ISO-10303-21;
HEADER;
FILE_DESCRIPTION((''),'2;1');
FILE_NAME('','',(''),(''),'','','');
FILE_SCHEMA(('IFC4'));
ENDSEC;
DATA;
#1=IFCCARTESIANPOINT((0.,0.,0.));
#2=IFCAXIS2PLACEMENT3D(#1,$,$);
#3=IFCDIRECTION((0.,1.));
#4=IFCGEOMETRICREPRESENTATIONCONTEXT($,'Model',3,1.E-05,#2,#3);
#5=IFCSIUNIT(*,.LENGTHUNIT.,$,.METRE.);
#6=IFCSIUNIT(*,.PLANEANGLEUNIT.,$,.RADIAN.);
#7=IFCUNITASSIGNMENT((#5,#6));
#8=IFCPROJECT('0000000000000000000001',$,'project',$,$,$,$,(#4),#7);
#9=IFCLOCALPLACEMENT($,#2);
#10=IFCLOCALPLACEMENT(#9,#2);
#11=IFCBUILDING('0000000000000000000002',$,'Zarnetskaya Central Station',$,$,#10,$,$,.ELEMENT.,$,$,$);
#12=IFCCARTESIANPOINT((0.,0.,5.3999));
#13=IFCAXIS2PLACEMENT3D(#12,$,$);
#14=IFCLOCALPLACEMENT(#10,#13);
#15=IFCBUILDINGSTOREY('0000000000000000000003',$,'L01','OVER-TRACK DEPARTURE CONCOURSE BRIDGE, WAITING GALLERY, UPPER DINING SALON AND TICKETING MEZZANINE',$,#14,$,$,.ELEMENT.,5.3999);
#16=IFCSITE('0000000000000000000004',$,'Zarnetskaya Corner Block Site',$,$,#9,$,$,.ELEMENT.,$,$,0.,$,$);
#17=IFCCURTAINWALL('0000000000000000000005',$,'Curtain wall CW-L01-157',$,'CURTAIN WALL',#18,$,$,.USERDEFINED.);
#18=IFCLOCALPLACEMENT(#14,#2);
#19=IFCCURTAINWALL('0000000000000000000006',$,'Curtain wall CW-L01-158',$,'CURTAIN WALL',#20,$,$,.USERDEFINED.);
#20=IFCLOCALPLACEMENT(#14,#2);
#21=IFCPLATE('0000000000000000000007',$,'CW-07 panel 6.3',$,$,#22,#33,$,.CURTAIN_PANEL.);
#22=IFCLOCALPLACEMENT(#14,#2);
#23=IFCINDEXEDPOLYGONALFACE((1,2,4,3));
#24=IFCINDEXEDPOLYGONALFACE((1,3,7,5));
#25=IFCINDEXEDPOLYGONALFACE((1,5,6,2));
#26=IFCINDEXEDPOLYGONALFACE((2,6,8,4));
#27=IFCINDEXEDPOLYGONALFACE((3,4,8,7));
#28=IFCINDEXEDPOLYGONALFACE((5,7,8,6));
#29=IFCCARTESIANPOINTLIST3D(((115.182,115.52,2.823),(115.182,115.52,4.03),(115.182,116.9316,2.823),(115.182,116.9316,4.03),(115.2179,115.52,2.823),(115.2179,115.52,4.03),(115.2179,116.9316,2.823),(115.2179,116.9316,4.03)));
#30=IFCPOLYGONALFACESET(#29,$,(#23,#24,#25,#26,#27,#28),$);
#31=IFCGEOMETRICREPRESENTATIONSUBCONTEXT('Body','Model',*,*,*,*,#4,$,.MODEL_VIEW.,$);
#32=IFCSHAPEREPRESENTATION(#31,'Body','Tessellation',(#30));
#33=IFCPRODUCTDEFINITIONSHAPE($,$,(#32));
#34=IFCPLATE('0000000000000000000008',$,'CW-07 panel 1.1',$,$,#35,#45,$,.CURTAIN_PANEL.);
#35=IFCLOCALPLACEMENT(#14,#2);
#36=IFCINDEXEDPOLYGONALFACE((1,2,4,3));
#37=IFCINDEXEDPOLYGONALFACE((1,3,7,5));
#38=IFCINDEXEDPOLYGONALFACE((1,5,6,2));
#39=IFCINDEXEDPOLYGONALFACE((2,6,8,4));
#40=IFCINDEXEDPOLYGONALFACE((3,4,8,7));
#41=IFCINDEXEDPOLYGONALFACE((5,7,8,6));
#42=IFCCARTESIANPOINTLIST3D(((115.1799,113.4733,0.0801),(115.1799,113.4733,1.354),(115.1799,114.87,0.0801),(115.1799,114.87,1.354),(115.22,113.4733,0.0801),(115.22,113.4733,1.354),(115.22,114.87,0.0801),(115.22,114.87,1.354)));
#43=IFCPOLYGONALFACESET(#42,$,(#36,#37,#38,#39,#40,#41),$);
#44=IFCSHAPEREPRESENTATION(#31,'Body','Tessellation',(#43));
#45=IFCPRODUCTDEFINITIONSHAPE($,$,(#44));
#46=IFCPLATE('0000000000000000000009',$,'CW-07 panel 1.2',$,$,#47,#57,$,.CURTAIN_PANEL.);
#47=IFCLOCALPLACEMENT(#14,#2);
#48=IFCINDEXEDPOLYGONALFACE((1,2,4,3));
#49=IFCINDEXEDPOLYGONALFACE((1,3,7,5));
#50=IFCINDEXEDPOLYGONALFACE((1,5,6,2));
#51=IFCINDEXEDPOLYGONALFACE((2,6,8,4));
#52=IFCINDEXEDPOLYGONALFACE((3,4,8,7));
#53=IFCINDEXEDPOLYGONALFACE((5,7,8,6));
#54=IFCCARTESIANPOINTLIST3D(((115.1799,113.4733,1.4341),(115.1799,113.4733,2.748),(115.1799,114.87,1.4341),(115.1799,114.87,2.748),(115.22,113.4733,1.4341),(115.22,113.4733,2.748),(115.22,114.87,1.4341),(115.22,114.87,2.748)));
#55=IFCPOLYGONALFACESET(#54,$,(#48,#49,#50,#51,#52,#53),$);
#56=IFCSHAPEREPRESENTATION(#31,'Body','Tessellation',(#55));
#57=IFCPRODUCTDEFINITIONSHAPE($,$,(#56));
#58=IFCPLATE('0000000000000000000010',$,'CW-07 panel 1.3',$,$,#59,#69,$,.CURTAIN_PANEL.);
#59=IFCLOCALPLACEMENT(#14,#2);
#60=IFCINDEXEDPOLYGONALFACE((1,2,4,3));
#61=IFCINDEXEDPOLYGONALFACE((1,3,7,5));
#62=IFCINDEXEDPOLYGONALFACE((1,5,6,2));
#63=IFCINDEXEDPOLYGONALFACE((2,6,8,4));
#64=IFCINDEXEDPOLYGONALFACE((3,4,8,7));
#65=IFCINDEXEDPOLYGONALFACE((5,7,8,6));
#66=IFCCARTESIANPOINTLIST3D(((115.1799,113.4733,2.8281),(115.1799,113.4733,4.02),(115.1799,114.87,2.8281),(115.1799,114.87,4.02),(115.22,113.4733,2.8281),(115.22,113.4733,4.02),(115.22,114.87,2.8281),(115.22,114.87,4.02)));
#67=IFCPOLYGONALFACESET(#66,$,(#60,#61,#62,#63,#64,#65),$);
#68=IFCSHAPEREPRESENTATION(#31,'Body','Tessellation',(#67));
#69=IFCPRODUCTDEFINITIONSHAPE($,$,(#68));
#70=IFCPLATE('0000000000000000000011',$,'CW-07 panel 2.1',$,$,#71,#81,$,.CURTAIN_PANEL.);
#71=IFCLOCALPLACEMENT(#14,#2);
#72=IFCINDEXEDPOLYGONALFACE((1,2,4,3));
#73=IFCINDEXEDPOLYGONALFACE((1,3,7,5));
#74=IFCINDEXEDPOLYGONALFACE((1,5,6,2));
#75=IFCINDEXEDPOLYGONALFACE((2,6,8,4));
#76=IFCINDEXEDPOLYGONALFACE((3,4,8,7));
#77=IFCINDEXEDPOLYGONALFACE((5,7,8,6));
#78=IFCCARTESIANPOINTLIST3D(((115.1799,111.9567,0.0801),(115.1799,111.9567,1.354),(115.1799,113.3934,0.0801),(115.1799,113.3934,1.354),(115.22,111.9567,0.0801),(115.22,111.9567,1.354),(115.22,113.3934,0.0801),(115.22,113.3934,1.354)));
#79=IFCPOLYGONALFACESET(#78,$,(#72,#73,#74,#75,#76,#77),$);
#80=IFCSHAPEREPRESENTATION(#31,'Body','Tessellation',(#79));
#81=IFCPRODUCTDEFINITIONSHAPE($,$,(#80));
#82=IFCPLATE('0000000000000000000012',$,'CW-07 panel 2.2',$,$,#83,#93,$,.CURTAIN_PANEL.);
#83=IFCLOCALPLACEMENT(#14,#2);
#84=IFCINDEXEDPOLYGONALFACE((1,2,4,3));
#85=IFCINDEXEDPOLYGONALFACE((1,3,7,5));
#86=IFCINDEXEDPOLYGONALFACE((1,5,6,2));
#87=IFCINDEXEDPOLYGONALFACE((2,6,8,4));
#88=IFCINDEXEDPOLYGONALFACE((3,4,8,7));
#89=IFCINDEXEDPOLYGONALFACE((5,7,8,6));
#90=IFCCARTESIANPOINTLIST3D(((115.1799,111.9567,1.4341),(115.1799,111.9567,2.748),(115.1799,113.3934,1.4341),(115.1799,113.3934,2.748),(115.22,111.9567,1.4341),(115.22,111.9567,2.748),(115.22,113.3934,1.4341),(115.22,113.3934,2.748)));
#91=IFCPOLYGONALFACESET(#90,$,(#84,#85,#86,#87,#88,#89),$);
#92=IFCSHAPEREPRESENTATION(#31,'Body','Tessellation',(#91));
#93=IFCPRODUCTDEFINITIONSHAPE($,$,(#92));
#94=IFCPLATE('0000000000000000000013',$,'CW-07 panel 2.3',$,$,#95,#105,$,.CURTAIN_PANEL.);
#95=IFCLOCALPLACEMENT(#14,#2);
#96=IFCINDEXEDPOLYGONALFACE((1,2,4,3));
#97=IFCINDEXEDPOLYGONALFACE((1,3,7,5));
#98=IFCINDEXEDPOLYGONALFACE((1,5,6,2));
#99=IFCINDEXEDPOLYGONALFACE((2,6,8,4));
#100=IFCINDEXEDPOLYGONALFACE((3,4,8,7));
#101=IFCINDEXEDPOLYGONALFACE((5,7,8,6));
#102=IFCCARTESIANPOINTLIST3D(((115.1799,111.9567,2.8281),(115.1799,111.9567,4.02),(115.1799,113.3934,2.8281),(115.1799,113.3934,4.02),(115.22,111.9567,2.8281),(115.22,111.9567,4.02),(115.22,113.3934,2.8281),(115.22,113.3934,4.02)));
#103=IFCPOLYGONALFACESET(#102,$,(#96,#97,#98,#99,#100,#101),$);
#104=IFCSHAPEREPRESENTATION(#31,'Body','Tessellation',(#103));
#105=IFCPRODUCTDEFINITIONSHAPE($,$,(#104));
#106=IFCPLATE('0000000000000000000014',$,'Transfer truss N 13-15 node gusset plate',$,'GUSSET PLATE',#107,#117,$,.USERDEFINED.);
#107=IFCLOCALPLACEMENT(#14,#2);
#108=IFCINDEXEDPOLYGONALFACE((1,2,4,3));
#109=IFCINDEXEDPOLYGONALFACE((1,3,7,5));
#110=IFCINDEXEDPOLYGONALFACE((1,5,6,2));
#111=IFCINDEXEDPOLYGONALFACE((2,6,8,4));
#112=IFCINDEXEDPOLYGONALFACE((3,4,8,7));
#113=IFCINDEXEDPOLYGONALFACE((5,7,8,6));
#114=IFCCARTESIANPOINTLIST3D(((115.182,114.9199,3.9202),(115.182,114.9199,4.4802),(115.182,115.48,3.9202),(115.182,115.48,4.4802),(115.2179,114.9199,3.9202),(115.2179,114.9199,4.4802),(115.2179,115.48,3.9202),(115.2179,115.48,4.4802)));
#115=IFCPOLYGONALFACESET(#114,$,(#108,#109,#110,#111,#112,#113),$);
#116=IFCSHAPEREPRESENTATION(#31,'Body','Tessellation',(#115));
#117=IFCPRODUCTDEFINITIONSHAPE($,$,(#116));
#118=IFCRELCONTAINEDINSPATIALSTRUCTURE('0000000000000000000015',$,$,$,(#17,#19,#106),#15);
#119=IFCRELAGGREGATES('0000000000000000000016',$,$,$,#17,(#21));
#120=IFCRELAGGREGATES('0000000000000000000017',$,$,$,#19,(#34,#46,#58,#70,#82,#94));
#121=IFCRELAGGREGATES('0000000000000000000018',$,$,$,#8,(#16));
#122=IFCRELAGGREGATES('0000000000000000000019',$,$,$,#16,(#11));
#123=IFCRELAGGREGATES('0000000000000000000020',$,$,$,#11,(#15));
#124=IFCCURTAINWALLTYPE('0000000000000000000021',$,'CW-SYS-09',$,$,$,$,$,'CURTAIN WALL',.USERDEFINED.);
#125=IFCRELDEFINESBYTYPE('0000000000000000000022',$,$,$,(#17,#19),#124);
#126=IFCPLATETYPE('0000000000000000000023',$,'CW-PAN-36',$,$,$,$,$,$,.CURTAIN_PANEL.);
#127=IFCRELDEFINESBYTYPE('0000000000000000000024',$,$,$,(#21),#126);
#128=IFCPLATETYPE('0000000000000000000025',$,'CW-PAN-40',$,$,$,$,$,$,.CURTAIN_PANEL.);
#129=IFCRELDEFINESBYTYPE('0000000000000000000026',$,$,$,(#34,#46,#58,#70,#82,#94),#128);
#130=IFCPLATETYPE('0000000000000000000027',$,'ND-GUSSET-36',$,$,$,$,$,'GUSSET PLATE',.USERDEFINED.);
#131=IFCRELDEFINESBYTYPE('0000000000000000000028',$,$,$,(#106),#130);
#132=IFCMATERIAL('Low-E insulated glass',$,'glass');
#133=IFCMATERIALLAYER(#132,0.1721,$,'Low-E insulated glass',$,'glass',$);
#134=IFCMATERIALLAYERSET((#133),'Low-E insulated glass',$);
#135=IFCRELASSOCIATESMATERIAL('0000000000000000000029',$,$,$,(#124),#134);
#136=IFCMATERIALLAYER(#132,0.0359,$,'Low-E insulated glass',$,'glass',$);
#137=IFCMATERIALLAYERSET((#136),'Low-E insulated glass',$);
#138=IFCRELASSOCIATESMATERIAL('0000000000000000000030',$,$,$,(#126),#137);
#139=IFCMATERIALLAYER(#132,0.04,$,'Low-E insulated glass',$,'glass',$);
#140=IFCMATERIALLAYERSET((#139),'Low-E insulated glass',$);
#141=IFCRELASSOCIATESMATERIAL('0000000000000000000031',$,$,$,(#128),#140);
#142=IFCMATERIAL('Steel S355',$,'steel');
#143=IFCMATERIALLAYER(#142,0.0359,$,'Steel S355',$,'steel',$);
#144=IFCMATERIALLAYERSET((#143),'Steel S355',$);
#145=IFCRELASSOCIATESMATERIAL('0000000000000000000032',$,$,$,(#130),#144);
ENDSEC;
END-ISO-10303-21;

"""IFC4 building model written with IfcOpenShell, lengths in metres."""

from ifc_helpers import new_model, si_unit, direction, frame, origin, origin_2d, place, context, subcontext, project, spatial, rectangle, extrude, material, layer, layer_set, type_object, element, aggregate, save


model = new_model("IFC4")

# Units and contexts
model_context = context("Model", 3, precision=1e-05, world=origin(), true_north=direction((0.0, 1.0)))
body_context = subcontext(model_context, "Body", "Model", "MODEL_VIEW")
ifc_project = project(units=[si_unit("LENGTHUNIT", "METRE"), si_unit("PLANEANGLEUNIT", "RADIAN")], contexts=[model_context])

# Site, building, storey
site_placement = place(None, origin())
site = spatial("IfcSite", under=ifc_project, at=site_placement, Name="Zarnetskaya Corner Block Site", CompositionType="ELEMENT", RefElevation=0.0)
building_placement = place(site_placement, origin())
building = spatial("IfcBuilding", under=site, at=building_placement, Name="Zarnetskaya Central Station", CompositionType="ELEMENT")
storey_placement = place(building_placement, frame((0.0, 0.0, 5.3999)))
storey = spatial("IfcBuildingStorey", under=building, at=storey_placement, Name="L01", Description="OVER-TRACK DEPARTURE CONCOURSE BRIDGE, WAITING GALLERY, UPPER DINING SALON AND TICKETING MEZZANINE", CompositionType="ELEMENT", Elevation=5.3999)

# Curtain walls
ifc_material_1 = material(Name="Low-E insulated glass", Category="glass")
ifc_layer_1 = layer(ifc_material_1, 0.1721, Name="Low-E insulated glass", Category="glass")
ifc_layer_set_1 = layer_set([ifc_layer_1], Name="Low-E insulated glass")
curtain_wall_type = type_object("IfcCurtainWallType", Name="CW-SYS-09", ElementType="CURTAIN WALL", PredefinedType="USERDEFINED", material=ifc_layer_set_1)
curtain_wall_1_placement = place(storey_placement, origin())
curtain_wall_1 = element("IfcCurtainWall", 1, at=curtain_wall_1_placement, inside=storey, type_object=curtain_wall_type, Name="Curtain wall CW-L01-157", ObjectType="CURTAIN WALL", PredefinedType="USERDEFINED")
curtain_wall_2_placement = place(storey_placement, origin())
curtain_wall_2 = element("IfcCurtainWall", 2, at=curtain_wall_2_placement, inside=storey, type_object=curtain_wall_type, Name="Curtain wall CW-L01-158", ObjectType="CURTAIN WALL", PredefinedType="USERDEFINED")

# Plates
ifc_layer_2 = layer(ifc_material_1, 0.0359, Name="Low-E insulated glass", Category="glass")
ifc_layer_set_2 = layer_set([ifc_layer_2], Name="Low-E insulated glass")
plate_type_1 = type_object("IfcPlateType", Name="CW-PAN-36", PredefinedType="CURTAIN_PANEL", material=ifc_layer_set_2)
plate_1_placement = place(storey_placement, frame((115.2, 116.2258, 2.823), z_axis=(0.0, 0.0, 1.0), x_axis=(0.0, -1.0, 0.0)))
plate_1 = element("IfcPlate", 3, at=plate_1_placement, type_object=plate_type_1, Name="CW-07 panel 6.3", PredefinedType="CURTAIN_PANEL", context=body_context, shape_type="SweptSolid", body=[
    extrude(rectangle(XDim=1.4116, YDim=0.0359, at=origin_2d()), origin(), (0.0, 0.0, 1.0), 1.207),
])
aggregate(curtain_wall_1, [plate_1])
ifc_layer_3 = layer(ifc_material_1, 0.04, Name="Low-E insulated glass", Category="glass")
ifc_layer_set_3 = layer_set([ifc_layer_3], Name="Low-E insulated glass")
plate_type_2 = type_object("IfcPlateType", Name="CW-PAN-40", PredefinedType="CURTAIN_PANEL", material=ifc_layer_set_3)
plate_2_placement = place(storey_placement, frame((115.2, 114.1716, 0.0801), z_axis=(0.0, 0.0, 1.0), x_axis=(0.0, -1.0, 0.0)))
plate_2 = element("IfcPlate", 4, at=plate_2_placement, type_object=plate_type_2, Name="CW-07 panel 1.1", PredefinedType="CURTAIN_PANEL", context=body_context, shape_type="SweptSolid", body=[
    extrude(rectangle(XDim=1.3967, YDim=0.04, at=origin_2d()), origin(), (0.0, 0.0, 1.0), 1.2739),
])
plate_3_placement = place(storey_placement, frame((115.2, 114.1716, 1.4341), z_axis=(0.0, 0.0, 1.0), x_axis=(0.0, -1.0, 0.0)))
plate_3 = element("IfcPlate", 5, at=plate_3_placement, type_object=plate_type_2, Name="CW-07 panel 1.2", PredefinedType="CURTAIN_PANEL", context=body_context, shape_type="SweptSolid", body=[
    extrude(rectangle(XDim=1.3967, YDim=0.04, at=origin_2d()), origin(), (0.0, 0.0, 1.0), 1.314),
])
plate_4_placement = place(storey_placement, frame((115.2, 114.1716, 2.8281), z_axis=(0.0, 0.0, 1.0), x_axis=(0.0, -1.0, 0.0)))
plate_4 = element("IfcPlate", 6, at=plate_4_placement, type_object=plate_type_2, Name="CW-07 panel 1.3", PredefinedType="CURTAIN_PANEL", context=body_context, shape_type="SweptSolid", body=[
    extrude(rectangle(XDim=1.3967, YDim=0.04, at=origin_2d()), origin(), (0.0, 0.0, 1.0), 1.1919),
])
plate_5_placement = place(storey_placement, frame((115.2, 112.675, 0.0801), z_axis=(0.0, 0.0, 1.0), x_axis=(0.0, -1.0, 0.0)))
plate_5 = element("IfcPlate", 7, at=plate_5_placement, type_object=plate_type_2, Name="CW-07 panel 2.1", PredefinedType="CURTAIN_PANEL", context=body_context, shape_type="SweptSolid", body=[
    extrude(rectangle(XDim=1.4368, YDim=0.04, at=origin_2d()), origin(), (0.0, 0.0, 1.0), 1.2739),
])
plate_6_placement = place(storey_placement, frame((115.2, 112.675, 1.4341), z_axis=(0.0, 0.0, 1.0), x_axis=(0.0, -1.0, 0.0)))
plate_6 = element("IfcPlate", 8, at=plate_6_placement, type_object=plate_type_2, Name="CW-07 panel 2.2", PredefinedType="CURTAIN_PANEL", context=body_context, shape_type="SweptSolid", body=[
    extrude(rectangle(XDim=1.4368, YDim=0.04, at=origin_2d()), origin(), (0.0, 0.0, 1.0), 1.314),
])
plate_7_placement = place(storey_placement, frame((115.2, 112.675, 2.8281), z_axis=(0.0, 0.0, 1.0), x_axis=(0.0, -1.0, 0.0)))
plate_7 = element("IfcPlate", 9, at=plate_7_placement, type_object=plate_type_2, Name="CW-07 panel 2.3", PredefinedType="CURTAIN_PANEL", context=body_context, shape_type="SweptSolid", body=[
    extrude(rectangle(XDim=1.4368, YDim=0.04, at=origin_2d()), origin(), (0.0, 0.0, 1.0), 1.1919),
])
aggregate(curtain_wall_2, [plate_2, plate_3, plate_4, plate_5, plate_6, plate_7])
ifc_material_2 = material(Name="Steel S355", Category="steel")
ifc_layer_4 = layer(ifc_material_2, 0.0359, Name="Steel S355", Category="steel")
ifc_layer_set_4 = layer_set([ifc_layer_4], Name="Steel S355")
plate_type_3 = type_object("IfcPlateType", Name="ND-GUSSET-36", ElementType="GUSSET PLATE", PredefinedType="USERDEFINED", material=ifc_layer_set_4)
plate_8_placement = place(storey_placement, frame((115.2, 115.2, 3.9202), z_axis=(0.0, 0.0, 1.0), x_axis=(1.0, 0.0, 0.0)))
element("IfcPlate", 10, at=plate_8_placement, inside=storey, type_object=plate_type_3, Name="Transfer truss N 13-15 node gusset plate", ObjectType="GUSSET PLATE", PredefinedType="USERDEFINED", context=body_context, shape_type="SweptSolid", body=[
    extrude(rectangle(XDim=0.0359, YDim=0.5601, at=origin_2d()), origin(), (0.0, 0.0, 1.0), 0.5601),
])

save(model, "model.ifc")
